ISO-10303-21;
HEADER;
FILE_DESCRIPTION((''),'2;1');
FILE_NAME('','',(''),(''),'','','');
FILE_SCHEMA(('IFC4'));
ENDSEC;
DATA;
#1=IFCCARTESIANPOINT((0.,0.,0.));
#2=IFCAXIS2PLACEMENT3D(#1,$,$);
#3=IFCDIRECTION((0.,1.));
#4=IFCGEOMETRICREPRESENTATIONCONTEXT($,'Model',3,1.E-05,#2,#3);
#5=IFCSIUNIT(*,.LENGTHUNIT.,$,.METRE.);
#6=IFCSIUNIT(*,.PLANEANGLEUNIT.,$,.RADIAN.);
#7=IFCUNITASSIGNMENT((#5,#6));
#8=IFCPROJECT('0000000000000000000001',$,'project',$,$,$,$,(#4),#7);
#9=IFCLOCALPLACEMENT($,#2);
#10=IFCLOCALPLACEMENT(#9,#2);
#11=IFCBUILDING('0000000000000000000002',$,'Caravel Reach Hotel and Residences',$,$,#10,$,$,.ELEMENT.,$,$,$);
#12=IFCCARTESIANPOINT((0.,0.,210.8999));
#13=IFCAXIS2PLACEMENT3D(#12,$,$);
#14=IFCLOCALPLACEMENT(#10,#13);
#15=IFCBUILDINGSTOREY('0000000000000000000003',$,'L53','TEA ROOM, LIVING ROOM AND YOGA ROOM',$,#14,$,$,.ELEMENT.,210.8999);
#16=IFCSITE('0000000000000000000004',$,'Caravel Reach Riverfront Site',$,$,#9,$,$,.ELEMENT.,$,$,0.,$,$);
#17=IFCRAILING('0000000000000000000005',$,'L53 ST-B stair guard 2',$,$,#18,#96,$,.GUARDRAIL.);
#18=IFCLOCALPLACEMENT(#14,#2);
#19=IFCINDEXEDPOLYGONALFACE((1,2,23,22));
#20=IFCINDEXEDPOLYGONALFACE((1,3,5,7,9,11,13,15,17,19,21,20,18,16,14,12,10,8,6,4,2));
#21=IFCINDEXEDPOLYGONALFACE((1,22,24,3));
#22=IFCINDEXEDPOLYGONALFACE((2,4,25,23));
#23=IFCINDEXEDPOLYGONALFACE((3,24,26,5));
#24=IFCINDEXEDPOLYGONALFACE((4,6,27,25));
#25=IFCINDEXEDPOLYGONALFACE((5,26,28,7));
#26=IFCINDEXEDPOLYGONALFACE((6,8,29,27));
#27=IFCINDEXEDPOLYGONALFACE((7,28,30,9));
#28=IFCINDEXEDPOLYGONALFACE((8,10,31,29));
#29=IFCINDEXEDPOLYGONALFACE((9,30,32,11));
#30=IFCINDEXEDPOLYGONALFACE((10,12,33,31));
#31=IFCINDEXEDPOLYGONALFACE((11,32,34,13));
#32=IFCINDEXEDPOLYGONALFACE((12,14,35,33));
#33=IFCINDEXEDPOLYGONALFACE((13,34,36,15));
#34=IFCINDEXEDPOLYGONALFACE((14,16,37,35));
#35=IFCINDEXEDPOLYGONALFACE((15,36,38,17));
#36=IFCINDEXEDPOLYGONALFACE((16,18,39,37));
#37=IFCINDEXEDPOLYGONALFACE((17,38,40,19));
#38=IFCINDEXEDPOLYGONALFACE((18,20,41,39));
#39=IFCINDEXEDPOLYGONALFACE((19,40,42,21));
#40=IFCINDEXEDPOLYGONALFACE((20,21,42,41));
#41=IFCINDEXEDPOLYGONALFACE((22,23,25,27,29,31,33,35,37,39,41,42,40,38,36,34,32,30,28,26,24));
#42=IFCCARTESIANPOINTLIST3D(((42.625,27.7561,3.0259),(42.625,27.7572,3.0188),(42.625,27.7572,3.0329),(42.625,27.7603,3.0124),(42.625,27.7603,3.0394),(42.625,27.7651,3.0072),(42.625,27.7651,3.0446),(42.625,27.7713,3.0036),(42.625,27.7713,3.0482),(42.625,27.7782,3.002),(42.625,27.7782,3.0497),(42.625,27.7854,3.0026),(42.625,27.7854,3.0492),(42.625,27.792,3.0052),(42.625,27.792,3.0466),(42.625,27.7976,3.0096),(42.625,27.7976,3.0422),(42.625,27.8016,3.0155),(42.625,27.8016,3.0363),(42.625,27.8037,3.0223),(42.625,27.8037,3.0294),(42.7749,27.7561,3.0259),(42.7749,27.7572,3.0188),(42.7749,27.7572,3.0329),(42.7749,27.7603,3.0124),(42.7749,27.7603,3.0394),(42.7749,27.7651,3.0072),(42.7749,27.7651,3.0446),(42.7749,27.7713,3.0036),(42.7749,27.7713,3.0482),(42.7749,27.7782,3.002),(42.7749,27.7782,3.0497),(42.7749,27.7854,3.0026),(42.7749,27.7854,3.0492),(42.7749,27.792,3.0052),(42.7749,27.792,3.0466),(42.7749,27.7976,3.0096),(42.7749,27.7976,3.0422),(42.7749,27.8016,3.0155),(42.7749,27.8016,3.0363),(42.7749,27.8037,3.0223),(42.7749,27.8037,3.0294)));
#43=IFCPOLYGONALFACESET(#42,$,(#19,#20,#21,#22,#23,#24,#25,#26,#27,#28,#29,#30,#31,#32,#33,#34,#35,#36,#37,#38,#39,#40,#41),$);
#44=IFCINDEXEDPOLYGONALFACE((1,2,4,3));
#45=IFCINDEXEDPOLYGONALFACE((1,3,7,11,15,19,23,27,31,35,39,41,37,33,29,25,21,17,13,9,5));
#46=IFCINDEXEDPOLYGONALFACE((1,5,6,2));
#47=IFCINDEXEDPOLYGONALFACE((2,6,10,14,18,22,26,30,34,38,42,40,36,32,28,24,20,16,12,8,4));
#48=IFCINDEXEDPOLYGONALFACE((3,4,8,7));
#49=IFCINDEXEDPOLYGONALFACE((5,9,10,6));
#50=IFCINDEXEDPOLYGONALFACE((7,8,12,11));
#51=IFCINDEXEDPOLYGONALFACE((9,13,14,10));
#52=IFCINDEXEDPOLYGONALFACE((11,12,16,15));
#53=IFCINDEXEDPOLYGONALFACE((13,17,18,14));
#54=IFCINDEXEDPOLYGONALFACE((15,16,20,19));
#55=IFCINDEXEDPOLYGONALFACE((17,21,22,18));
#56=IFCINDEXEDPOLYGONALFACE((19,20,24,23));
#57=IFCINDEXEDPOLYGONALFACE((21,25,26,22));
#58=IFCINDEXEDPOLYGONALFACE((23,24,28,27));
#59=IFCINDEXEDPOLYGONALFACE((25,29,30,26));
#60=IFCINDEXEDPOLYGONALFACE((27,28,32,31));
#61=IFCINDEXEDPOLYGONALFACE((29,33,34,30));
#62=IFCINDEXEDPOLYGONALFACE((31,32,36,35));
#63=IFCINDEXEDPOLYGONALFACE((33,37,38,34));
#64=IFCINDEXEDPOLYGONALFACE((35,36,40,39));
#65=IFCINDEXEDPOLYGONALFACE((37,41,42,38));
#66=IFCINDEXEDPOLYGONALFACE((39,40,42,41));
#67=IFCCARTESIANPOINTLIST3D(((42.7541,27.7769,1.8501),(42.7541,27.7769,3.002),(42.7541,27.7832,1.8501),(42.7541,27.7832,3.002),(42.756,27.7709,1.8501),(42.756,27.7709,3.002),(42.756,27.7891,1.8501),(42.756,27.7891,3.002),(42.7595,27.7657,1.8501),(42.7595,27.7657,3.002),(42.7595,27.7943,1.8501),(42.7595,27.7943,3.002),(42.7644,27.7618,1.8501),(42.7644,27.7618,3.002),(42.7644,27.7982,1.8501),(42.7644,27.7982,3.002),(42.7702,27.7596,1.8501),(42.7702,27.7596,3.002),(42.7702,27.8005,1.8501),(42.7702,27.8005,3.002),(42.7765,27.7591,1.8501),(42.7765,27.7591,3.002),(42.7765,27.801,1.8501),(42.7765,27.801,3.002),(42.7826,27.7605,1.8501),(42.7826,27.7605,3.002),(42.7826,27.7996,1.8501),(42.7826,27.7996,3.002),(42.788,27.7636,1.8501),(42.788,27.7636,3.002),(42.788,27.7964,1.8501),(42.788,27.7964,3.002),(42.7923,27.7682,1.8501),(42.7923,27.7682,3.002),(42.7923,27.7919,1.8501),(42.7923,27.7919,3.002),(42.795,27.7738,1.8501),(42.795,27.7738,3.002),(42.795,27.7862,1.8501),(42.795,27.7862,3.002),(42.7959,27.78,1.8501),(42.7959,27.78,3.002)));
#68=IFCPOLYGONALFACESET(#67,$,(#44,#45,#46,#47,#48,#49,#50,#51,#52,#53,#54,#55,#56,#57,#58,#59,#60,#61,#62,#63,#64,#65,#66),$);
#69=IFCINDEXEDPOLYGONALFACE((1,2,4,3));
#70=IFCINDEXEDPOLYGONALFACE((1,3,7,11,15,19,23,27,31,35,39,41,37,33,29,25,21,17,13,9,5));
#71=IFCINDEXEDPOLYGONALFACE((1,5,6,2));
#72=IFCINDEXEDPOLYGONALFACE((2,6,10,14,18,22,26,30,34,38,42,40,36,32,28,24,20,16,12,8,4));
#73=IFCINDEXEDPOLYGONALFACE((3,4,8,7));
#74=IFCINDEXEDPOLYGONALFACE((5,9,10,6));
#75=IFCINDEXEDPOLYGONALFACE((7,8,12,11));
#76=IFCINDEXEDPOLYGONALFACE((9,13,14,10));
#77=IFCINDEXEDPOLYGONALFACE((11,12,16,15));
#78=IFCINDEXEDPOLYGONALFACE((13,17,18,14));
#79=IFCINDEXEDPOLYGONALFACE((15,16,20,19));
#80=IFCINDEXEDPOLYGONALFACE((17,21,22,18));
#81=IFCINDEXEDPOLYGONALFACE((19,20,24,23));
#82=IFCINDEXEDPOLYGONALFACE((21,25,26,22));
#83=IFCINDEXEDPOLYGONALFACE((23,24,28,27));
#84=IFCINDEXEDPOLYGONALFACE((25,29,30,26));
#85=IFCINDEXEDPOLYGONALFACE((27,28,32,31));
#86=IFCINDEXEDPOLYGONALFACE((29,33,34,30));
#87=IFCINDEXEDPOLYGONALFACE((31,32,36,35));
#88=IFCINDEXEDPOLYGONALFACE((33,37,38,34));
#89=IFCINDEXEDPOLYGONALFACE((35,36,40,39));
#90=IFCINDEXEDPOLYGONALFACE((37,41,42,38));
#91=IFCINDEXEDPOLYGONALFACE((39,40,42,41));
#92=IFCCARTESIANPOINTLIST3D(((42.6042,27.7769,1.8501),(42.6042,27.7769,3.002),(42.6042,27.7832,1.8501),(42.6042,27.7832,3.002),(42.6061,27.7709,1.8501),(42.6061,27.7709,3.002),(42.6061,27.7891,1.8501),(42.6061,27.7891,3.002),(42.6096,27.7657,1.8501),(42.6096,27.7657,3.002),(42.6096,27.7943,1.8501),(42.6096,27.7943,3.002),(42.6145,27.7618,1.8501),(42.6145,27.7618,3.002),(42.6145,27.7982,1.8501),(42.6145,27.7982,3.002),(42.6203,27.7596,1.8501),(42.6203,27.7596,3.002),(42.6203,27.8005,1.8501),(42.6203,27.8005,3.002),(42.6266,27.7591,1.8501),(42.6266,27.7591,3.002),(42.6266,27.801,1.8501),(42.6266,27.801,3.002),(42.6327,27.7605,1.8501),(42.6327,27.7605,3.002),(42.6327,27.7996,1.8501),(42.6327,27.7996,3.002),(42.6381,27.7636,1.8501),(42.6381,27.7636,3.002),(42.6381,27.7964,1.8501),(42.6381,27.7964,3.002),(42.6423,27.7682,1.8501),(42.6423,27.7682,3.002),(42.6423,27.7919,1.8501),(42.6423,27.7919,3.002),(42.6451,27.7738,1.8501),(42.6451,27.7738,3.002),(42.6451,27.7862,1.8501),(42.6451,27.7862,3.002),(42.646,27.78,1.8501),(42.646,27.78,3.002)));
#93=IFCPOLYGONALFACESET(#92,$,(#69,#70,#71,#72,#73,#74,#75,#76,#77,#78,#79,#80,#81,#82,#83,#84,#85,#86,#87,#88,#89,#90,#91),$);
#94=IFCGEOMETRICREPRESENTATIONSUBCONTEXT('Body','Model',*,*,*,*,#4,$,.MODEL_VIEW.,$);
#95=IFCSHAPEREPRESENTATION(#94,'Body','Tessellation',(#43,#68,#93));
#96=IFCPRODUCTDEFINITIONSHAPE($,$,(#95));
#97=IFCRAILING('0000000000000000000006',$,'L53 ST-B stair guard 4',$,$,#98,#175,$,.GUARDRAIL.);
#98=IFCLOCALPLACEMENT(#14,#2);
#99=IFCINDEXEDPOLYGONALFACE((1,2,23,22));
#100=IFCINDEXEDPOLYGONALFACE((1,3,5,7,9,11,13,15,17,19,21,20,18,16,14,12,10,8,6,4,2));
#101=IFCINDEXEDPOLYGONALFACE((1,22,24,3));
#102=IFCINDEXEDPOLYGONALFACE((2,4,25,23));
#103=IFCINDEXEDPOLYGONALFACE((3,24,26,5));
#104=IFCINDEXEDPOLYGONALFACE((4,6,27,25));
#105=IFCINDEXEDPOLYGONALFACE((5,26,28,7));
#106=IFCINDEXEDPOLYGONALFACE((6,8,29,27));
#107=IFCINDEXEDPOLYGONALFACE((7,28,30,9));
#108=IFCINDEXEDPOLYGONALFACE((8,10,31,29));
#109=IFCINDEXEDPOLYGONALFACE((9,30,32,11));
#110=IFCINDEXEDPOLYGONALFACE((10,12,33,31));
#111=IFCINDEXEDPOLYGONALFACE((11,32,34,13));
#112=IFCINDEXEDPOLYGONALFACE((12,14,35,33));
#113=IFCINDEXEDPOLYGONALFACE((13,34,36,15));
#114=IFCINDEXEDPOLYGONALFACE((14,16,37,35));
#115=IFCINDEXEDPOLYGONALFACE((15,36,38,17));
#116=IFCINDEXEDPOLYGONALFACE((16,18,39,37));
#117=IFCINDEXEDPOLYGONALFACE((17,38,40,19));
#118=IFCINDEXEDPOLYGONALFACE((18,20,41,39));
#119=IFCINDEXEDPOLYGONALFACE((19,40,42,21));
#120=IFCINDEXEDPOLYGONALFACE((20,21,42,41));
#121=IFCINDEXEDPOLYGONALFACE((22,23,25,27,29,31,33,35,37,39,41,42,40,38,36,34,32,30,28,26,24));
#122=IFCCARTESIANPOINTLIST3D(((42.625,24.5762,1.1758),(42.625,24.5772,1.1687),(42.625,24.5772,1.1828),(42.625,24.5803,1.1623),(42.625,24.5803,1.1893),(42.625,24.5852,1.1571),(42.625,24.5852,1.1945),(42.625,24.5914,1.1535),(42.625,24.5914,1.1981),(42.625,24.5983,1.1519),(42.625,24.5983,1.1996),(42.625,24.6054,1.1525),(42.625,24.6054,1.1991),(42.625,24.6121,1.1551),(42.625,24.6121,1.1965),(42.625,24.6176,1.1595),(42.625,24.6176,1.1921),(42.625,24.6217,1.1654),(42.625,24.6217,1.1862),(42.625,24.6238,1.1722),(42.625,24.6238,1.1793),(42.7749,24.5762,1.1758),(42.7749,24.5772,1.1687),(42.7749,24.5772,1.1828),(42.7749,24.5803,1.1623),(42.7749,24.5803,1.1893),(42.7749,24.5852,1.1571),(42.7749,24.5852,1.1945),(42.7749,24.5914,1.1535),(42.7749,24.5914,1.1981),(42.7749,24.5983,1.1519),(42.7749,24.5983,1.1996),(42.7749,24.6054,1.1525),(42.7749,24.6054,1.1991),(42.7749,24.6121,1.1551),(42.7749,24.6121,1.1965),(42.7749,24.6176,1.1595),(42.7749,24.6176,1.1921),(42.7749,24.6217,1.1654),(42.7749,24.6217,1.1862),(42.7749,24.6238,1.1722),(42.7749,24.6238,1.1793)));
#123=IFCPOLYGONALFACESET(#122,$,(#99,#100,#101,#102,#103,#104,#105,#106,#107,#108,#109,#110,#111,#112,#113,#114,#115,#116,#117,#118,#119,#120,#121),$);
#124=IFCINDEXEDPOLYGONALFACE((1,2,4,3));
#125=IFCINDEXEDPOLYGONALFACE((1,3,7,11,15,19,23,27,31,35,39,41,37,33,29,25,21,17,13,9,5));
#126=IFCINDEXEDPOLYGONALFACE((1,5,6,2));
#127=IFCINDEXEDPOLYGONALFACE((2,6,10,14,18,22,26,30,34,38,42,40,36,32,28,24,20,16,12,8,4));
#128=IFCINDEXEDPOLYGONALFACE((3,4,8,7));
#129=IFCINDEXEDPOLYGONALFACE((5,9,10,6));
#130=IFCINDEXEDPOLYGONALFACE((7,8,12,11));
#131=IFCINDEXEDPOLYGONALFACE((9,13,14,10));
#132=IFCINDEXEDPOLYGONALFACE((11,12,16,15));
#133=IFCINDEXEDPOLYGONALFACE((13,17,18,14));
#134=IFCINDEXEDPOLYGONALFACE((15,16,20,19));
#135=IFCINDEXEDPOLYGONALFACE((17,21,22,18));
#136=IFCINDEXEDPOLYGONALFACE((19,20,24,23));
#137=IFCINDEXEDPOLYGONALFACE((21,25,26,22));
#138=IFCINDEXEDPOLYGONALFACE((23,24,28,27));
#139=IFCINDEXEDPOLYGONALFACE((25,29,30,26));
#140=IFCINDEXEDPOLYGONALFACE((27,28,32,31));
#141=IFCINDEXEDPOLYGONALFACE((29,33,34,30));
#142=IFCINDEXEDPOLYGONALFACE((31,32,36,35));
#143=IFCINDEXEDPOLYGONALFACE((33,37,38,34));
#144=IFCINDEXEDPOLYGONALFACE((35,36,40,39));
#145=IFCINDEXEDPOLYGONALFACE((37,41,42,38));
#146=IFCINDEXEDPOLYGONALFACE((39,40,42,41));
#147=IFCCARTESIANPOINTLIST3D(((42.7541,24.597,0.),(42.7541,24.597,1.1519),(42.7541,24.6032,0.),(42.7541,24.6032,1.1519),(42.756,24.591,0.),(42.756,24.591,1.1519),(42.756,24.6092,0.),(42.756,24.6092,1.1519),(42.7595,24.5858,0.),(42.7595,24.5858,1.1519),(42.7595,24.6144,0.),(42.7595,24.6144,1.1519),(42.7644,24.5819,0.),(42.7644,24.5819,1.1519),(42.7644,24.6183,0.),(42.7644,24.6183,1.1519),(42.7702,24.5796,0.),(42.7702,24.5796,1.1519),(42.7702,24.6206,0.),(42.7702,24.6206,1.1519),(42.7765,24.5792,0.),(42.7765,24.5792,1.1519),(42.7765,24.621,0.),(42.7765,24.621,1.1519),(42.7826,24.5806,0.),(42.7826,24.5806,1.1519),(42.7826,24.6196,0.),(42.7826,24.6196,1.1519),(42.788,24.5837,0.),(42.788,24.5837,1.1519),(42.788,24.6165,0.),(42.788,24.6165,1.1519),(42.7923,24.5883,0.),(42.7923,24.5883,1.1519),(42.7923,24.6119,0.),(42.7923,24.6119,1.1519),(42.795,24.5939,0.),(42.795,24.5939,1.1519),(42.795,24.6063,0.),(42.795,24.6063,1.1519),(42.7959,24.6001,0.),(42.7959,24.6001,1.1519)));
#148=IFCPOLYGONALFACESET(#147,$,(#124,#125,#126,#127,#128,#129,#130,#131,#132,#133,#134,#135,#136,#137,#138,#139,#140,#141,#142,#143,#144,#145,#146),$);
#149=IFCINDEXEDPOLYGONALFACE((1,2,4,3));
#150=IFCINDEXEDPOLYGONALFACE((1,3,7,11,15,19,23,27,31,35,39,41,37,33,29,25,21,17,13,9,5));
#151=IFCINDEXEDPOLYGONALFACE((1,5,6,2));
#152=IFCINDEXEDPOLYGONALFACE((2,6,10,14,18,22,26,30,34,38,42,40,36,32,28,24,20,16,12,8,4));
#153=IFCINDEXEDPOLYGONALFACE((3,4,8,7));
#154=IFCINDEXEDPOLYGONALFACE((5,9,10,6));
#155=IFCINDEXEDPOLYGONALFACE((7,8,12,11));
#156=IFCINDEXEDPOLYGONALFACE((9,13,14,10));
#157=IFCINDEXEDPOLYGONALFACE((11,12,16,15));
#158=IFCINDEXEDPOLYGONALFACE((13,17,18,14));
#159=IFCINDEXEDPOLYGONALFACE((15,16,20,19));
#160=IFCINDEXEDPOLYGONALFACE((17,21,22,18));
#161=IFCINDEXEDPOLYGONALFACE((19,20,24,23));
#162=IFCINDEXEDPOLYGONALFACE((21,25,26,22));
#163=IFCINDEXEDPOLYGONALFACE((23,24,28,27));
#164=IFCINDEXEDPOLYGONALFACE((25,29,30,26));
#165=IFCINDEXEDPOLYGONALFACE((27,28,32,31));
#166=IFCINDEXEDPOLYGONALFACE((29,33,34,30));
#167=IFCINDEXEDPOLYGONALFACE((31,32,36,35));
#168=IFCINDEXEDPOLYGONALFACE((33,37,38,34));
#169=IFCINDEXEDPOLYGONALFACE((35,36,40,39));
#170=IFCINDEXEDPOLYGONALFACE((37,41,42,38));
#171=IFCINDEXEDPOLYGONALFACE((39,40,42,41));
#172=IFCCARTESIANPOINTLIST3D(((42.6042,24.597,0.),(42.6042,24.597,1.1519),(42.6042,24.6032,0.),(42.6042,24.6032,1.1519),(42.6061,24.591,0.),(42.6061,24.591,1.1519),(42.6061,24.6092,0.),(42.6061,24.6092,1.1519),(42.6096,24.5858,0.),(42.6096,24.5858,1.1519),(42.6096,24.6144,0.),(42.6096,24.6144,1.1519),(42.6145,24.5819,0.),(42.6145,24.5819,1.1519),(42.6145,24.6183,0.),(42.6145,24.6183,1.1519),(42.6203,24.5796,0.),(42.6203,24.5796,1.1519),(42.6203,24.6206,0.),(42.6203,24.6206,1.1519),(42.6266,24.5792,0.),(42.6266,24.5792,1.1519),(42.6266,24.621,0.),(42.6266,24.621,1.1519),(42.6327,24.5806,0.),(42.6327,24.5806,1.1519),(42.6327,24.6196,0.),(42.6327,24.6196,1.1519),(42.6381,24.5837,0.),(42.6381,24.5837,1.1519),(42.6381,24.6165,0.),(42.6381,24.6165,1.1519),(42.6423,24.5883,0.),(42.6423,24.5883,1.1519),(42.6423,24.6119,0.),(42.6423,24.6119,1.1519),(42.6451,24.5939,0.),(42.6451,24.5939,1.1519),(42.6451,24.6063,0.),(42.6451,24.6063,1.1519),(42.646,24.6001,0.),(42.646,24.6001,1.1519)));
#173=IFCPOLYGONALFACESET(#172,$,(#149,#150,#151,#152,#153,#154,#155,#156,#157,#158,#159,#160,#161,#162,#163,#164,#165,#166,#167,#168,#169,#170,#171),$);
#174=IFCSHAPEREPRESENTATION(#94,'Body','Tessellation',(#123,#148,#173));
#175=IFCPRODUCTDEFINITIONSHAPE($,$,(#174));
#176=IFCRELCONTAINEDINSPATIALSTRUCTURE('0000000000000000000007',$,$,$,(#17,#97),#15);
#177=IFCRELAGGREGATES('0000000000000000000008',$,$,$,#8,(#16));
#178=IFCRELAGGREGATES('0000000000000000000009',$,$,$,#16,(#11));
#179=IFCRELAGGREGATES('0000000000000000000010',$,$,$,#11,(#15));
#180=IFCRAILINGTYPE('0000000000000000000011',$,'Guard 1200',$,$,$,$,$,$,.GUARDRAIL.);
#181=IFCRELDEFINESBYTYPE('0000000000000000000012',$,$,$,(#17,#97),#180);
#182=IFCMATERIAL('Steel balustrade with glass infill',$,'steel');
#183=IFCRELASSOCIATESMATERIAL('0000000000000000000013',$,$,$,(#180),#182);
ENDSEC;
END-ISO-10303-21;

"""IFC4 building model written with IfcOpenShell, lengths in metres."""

from ifc_helpers import new_model, si_unit, direction, frame, origin, origin_2d, place, context, subcontext, project, spatial, circle, extrude, material, type_object, element, save


model = new_model("IFC4")

# Units and contexts
model_context = context("Model", 3, precision=1e-05, world=origin(), true_north=direction((0.0, 1.0)))
body_context = subcontext(model_context, "Body", "Model", "MODEL_VIEW")
ifc_project = project(units=[si_unit("LENGTHUNIT", "METRE"), si_unit("PLANEANGLEUNIT", "RADIAN")], contexts=[model_context])

# Site, building, storey
site_placement = place(None, origin())
site = spatial("IfcSite", under=ifc_project, at=site_placement, Name="Caravel Reach Riverfront Site", CompositionType="ELEMENT", RefElevation=0.0)
building_placement = place(site_placement, origin())
building = spatial("IfcBuilding", under=site, at=building_placement, Name="Caravel Reach Hotel and Residences", CompositionType="ELEMENT")
storey_placement = place(building_placement, frame((0.0, 0.0, 210.8999)))
storey = spatial("IfcBuildingStorey", under=building, at=storey_placement, Name="L53", Description="TEA ROOM, LIVING ROOM AND YOGA ROOM", CompositionType="ELEMENT", Elevation=210.8999)

# Railings
ifc_material_1 = material(Name="Steel balustrade with glass infill", Category="steel")
railing_type_1 = type_object("IfcRailingType", Name="Guard 1200", PredefinedType="GUARDRAIL", material=ifc_material_1)
for number, where, name in (
    (1, (42.7749, 27.78, 1.8501), "L53 ST-B stair guard 2"),
    (2, (42.7749, 24.6001, 0.0), "L53 ST-B stair guard 4"),
):
    element("IfcRailing", number, at=place(storey_placement, frame(where)), inside=storey, type_object=railing_type_1, Name=name, PredefinedType="GUARDRAIL", context=body_context, shape_type="SweptSolid", body=[
        extrude(circle(Radius=0.0239, at=origin_2d()), frame((0.0, 0.0, 1.1758), z_axis=(-1.0, 0.0, 0.0), x_axis=(0.0, -1.0, 0.0)), (0.0, 0.0, 1.0), 0.1499),
        extrude(circle(Radius=0.021, at=origin_2d()), origin(), (0.0, 0.0, 1.0), 1.1519),
        extrude(circle(Radius=0.021, at=origin_2d()), frame((-0.1499, 0.0, 0.0)), (0.0, 0.0, 1.0), 1.1519),
    ])

save(model, "model.ifc")
